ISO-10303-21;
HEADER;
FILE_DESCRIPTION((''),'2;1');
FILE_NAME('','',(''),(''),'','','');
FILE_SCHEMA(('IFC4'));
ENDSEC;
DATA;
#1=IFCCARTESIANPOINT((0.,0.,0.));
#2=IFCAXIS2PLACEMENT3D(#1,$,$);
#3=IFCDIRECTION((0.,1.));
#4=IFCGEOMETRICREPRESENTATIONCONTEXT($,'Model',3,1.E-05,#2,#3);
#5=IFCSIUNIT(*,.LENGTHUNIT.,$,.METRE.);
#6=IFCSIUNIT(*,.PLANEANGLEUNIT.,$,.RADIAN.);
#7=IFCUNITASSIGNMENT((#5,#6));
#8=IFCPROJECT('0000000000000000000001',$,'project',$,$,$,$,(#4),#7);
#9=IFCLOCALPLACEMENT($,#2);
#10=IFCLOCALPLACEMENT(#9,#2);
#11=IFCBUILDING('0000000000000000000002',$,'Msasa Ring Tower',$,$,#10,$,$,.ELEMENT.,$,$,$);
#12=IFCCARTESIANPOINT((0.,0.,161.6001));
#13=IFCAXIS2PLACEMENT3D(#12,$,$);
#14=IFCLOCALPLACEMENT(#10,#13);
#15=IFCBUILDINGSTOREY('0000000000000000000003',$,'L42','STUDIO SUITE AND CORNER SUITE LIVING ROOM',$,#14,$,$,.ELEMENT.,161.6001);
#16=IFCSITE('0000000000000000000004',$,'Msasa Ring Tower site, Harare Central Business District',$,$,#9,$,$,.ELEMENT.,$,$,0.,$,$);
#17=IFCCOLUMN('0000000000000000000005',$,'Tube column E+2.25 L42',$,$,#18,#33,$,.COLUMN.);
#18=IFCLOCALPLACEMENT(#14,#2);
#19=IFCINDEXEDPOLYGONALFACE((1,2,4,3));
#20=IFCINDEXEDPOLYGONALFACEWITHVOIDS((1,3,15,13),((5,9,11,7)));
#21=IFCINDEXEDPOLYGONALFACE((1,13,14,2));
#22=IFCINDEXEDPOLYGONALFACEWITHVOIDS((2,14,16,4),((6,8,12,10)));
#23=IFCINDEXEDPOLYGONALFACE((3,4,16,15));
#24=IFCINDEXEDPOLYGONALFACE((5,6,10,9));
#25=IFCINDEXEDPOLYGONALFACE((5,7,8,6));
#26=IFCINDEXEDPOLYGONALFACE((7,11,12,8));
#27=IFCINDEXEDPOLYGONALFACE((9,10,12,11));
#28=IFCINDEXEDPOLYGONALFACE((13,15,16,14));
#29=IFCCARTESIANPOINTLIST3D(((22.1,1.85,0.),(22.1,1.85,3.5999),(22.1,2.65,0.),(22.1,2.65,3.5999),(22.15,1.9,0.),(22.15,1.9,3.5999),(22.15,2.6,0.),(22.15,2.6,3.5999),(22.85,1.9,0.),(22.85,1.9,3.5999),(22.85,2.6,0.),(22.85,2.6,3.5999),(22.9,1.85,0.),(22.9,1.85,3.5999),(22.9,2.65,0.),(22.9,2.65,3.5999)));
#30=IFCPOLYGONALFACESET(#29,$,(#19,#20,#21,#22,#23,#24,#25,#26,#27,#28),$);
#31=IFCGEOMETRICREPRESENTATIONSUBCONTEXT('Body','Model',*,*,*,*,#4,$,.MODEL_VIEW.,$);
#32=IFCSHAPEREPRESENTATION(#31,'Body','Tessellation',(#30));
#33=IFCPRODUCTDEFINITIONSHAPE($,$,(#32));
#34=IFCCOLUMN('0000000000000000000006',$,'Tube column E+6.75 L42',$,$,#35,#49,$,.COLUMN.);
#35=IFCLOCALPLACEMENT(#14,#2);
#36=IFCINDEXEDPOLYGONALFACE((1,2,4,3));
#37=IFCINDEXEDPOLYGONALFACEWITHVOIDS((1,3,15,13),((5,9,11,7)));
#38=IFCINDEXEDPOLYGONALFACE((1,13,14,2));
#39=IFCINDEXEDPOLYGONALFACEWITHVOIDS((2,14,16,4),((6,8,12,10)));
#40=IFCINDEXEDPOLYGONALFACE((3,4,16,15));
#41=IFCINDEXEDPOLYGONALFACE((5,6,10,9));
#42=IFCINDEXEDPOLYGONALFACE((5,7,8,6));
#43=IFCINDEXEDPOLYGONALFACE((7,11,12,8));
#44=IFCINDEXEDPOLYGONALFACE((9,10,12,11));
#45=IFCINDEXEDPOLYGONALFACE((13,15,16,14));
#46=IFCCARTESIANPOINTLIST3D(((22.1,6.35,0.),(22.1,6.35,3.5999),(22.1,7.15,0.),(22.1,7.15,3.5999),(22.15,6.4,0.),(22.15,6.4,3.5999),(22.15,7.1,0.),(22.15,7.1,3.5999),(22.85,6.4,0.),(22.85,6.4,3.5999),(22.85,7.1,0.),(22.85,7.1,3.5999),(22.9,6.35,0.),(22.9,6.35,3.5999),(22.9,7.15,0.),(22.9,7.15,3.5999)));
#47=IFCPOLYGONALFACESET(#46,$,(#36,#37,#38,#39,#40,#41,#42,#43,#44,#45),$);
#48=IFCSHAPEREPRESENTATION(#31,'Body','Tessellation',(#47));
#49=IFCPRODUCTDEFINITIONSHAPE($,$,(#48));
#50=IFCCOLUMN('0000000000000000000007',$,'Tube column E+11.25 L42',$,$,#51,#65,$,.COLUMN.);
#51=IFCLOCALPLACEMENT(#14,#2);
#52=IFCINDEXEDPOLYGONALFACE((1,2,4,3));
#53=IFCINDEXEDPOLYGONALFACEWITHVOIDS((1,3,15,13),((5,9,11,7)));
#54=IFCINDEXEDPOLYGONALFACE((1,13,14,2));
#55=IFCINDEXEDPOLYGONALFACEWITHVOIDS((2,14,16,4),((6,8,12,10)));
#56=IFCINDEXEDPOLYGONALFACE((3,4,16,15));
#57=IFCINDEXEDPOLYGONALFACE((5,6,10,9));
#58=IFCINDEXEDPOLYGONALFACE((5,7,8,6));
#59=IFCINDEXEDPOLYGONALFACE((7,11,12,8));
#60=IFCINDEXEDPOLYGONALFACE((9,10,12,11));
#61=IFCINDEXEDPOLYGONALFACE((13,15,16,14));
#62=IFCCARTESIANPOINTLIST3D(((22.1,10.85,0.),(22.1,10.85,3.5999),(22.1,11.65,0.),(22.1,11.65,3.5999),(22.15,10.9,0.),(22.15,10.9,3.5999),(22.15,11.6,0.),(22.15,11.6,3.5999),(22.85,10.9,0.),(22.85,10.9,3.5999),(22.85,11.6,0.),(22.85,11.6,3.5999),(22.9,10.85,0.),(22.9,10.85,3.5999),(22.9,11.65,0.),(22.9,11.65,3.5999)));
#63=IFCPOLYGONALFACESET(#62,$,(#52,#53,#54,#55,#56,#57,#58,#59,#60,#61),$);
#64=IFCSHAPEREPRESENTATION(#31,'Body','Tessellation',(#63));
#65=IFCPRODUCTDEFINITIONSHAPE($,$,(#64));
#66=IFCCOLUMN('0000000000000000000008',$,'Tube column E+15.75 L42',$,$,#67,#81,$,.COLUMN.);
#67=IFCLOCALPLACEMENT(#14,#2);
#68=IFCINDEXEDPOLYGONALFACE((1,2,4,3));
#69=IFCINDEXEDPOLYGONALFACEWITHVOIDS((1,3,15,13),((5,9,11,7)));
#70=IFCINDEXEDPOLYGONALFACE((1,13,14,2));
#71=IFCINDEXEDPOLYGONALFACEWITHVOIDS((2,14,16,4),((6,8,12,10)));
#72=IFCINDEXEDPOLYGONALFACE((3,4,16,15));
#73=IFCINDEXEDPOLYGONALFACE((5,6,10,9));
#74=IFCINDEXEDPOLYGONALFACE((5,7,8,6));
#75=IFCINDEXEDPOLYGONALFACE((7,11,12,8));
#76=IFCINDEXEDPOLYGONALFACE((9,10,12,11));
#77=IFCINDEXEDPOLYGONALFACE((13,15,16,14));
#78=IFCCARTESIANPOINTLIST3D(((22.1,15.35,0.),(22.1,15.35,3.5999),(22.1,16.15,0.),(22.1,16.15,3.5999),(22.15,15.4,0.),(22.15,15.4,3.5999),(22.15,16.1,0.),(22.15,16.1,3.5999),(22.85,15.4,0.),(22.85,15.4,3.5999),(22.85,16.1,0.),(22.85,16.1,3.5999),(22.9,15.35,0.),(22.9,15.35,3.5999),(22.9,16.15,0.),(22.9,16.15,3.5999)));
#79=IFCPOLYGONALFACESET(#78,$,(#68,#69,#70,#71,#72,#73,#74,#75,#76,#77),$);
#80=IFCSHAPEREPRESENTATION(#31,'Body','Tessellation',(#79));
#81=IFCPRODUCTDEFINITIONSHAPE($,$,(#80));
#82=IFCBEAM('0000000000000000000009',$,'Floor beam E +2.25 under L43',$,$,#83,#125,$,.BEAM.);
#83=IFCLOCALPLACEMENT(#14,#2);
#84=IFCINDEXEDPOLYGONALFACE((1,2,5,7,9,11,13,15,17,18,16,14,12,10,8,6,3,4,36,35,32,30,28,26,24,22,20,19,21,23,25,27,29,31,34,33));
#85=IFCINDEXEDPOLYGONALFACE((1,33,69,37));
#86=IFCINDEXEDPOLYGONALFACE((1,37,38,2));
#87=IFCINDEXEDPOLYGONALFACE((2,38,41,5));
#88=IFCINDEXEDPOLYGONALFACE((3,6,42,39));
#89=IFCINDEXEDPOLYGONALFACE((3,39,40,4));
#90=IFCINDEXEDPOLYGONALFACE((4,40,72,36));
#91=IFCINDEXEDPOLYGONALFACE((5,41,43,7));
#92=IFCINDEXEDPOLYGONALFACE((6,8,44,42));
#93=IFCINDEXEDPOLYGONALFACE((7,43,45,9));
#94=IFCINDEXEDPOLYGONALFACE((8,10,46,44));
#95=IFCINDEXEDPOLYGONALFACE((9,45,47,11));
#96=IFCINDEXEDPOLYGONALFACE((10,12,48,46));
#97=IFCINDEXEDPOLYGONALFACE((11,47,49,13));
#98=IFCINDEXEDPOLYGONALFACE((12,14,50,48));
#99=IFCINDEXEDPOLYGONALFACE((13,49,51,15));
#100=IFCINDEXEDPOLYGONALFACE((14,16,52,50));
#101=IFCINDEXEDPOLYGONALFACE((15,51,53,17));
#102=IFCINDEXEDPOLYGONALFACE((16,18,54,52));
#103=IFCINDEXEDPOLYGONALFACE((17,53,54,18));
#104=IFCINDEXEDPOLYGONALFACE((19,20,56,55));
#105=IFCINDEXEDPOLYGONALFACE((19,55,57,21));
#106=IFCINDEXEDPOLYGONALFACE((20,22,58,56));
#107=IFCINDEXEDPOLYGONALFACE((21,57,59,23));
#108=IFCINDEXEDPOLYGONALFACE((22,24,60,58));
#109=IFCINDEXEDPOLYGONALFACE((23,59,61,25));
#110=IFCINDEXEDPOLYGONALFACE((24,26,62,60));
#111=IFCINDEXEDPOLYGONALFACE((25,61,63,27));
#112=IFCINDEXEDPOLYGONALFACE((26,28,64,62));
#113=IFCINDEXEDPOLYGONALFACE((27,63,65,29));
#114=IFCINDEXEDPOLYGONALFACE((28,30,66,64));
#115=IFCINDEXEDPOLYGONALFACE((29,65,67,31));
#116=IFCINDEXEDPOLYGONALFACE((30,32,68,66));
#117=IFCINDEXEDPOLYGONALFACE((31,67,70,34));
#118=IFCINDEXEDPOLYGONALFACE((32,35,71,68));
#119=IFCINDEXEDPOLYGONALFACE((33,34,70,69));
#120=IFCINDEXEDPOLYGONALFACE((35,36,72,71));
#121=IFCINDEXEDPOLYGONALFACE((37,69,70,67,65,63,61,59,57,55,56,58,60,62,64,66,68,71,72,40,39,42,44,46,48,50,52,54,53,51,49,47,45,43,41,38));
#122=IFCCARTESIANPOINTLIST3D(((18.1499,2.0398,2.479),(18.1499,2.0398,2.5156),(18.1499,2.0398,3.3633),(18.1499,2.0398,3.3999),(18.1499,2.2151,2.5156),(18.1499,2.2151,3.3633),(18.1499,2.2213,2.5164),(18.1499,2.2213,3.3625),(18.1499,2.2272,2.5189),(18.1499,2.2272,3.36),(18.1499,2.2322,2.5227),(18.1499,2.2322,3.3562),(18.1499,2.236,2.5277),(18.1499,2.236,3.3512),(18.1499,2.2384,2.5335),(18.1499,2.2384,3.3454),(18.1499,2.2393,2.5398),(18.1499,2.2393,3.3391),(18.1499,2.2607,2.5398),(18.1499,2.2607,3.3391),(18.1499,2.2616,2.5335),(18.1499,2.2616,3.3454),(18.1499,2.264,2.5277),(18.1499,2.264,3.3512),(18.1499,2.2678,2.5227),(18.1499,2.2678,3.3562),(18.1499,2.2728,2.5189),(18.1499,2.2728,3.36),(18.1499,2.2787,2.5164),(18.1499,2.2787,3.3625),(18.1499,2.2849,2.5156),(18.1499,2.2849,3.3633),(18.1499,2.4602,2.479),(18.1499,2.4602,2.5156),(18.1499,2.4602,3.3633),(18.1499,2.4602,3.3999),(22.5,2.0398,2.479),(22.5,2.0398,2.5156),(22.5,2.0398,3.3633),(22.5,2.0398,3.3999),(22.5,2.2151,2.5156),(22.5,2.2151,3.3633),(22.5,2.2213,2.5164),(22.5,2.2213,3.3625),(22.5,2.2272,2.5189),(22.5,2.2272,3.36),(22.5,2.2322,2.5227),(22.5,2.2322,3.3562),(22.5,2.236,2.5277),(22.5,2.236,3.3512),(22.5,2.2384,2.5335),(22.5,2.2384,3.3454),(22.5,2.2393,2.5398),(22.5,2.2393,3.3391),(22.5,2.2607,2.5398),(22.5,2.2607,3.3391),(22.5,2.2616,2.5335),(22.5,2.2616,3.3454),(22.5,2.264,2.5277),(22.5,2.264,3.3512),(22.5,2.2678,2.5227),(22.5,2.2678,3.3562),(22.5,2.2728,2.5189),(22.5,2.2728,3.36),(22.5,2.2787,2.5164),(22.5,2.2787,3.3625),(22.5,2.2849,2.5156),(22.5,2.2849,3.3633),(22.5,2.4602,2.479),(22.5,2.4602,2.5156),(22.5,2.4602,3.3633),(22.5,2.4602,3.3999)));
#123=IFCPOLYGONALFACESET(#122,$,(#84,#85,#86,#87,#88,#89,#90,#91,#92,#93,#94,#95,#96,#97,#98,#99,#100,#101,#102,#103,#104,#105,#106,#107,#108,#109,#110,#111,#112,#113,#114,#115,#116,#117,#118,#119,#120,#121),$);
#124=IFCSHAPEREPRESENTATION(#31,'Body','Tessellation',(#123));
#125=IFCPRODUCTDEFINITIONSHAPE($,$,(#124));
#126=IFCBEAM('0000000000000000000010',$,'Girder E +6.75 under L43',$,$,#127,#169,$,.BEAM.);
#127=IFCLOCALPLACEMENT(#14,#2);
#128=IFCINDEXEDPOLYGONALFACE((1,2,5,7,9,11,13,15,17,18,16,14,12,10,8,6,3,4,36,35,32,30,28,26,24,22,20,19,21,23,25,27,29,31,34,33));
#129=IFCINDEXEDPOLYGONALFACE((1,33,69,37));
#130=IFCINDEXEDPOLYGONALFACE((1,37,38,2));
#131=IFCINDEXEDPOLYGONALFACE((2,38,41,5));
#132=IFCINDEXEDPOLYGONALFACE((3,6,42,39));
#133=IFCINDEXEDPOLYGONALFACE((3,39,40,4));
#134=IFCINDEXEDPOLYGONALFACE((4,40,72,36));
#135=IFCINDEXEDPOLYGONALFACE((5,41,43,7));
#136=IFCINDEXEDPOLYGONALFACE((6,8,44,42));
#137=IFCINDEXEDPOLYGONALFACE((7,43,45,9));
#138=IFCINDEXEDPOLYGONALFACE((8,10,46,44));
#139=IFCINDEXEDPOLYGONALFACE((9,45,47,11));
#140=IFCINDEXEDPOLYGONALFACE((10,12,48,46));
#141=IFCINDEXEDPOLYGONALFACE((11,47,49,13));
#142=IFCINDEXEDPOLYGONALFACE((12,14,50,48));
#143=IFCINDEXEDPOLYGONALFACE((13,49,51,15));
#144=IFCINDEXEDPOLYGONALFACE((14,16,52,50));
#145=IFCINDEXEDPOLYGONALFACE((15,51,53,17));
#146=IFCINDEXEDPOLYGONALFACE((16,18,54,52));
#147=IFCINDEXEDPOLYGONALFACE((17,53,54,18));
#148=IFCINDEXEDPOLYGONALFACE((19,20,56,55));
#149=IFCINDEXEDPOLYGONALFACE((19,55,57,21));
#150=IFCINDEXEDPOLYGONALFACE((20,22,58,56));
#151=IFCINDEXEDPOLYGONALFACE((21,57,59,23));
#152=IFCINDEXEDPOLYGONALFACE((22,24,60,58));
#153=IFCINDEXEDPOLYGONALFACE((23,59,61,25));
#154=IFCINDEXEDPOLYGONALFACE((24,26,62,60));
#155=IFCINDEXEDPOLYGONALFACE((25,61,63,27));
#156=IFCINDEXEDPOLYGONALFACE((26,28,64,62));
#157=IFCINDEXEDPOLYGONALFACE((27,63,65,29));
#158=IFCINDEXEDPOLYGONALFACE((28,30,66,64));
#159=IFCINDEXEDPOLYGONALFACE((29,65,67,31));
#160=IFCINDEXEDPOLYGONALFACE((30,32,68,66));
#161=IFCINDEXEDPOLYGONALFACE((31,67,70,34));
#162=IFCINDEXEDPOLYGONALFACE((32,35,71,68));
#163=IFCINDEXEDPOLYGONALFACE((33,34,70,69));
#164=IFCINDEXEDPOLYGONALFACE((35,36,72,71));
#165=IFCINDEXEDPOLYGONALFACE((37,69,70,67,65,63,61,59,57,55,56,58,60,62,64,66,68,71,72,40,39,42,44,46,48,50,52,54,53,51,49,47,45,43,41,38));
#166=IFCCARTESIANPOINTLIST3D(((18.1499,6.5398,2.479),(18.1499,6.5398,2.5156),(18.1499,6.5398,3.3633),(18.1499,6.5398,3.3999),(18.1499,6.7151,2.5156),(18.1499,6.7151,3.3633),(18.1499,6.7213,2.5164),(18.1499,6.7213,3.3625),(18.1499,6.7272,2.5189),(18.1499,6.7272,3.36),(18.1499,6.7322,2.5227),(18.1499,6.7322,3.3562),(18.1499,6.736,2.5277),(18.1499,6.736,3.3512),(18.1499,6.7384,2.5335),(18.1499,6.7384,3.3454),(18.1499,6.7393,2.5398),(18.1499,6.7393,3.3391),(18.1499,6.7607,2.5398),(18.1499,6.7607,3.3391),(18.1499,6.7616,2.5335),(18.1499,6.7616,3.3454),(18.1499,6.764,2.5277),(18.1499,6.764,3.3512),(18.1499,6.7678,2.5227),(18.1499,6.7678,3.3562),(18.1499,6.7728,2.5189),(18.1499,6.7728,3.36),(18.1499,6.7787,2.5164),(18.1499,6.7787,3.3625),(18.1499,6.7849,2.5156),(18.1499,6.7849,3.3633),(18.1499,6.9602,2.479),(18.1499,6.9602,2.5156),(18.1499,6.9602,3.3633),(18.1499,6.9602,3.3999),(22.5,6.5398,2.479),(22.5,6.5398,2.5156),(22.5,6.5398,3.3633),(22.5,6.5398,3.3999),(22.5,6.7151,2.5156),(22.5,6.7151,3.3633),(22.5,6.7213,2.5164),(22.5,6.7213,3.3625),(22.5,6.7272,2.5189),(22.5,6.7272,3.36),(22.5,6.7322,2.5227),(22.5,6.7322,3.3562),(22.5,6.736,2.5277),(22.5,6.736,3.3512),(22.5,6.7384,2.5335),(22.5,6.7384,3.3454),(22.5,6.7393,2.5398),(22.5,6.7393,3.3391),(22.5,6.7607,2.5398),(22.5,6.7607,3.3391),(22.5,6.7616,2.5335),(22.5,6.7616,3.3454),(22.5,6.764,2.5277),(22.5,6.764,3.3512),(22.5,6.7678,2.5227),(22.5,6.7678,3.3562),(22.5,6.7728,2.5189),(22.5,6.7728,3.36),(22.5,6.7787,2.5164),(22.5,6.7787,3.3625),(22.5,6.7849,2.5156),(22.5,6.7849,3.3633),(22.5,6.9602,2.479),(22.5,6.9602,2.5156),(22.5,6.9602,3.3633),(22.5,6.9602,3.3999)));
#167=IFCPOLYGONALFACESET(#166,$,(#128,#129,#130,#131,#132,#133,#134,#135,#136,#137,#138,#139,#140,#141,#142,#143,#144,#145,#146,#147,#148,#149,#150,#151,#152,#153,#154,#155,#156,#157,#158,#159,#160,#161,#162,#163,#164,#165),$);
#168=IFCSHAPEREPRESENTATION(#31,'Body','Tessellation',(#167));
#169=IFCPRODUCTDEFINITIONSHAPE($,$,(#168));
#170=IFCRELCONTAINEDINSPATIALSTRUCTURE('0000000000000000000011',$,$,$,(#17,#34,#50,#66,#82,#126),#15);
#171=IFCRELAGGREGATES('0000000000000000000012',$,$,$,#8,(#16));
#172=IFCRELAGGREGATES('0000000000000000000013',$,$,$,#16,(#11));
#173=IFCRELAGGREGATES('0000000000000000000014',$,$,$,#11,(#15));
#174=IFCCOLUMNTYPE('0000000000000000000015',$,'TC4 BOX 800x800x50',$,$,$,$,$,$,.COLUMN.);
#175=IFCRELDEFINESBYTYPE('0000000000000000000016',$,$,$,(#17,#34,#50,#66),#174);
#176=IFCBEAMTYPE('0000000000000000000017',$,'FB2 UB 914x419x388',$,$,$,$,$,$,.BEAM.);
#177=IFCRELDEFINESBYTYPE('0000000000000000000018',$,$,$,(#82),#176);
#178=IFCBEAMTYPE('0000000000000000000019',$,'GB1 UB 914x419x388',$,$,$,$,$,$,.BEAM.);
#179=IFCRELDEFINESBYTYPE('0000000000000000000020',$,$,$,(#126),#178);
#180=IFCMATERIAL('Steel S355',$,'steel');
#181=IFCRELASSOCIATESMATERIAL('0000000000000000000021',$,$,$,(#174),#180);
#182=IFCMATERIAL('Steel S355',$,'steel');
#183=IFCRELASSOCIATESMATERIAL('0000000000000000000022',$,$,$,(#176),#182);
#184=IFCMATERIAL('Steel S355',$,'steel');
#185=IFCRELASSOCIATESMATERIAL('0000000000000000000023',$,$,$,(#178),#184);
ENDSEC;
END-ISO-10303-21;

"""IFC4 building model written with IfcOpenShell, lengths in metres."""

from ifc_helpers import new_model, si_unit, direction, frame, origin, origin_2d, place, context, subcontext, project, spatial, hollow_rectangle, i_section, extrude, material, material_profile, profile_set, type_object, element, save


model = new_model("IFC4")

# Units and contexts
model_context = context("Model", 3, precision=1e-05, world=origin(), true_north=direction((0.0, 1.0)))
body_context = subcontext(model_context, "Body", "Model", "MODEL_VIEW")
ifc_project = project(units=[si_unit("LENGTHUNIT", "METRE"), si_unit("PLANEANGLEUNIT", "RADIAN")], contexts=[model_context])

# Site, building, storey
site_placement = place(None, origin())
site = spatial("IfcSite", under=ifc_project, at=site_placement, Name="Msasa Ring Tower site, Harare Central Business District", CompositionType="ELEMENT", RefElevation=0.0)
building_placement = place(site_placement, origin())
building = spatial("IfcBuilding", under=site, at=building_placement, Name="Msasa Ring Tower", CompositionType="ELEMENT")
storey_placement = place(building_placement, frame((0.0, 0.0, 161.6001)))
storey = spatial("IfcBuildingStorey", under=building, at=storey_placement, Name="L42", Description="STUDIO SUITE AND CORNER SUITE LIVING ROOM", CompositionType="ELEMENT", Elevation=161.6001)

# Columns
ifc_material_1 = material(Name="Steel S355", Category="steel")
ifc_material_profile_1 = material_profile(ifc_material_1, hollow_rectangle(XDim=0.8, YDim=0.8, WallThickness=0.05, at=origin_2d()), Name="BOX 800x800x50")
ifc_profile_set_1 = profile_set([ifc_material_profile_1], Name="Steel S355")
column_type = type_object("IfcColumnType", Name="TC4 BOX 800x800x50", PredefinedType="COLUMN", material=ifc_profile_set_1)
for number, where, z_axis, x_axis, name in (
    (1, (22.5, 2.25, 0.0), (0.0, 0.0, 1.0), (1.0, 0.0, 0.0), "Tube column E+2.25 L42"),
    (2, (22.5, 6.75, 0.0), (0.0, 0.0, 1.0), (1.0, 0.0, 0.0), "Tube column E+6.75 L42"),
    (3, (22.5, 11.25, 0.0), (0.0, 0.0, 1.0), (1.0, 0.0, 0.0), "Tube column E+11.25 L42"),
    (4, (22.5, 15.75, 0.0), (0.0, 0.0, 1.0), (1.0, 0.0, 0.0), "Tube column E+15.75 L42"),
):
    element("IfcColumn", number, at=place(storey_placement, frame(where, z_axis=z_axis, x_axis=x_axis)), inside=storey, type_object=column_type, Name=name, PredefinedType="COLUMN", context=body_context, shape_type="SweptSolid", body=[
        extrude(hollow_rectangle(XDim=0.8, YDim=0.8, WallThickness=0.05, at=origin_2d()), origin(), (0.0, 0.0, 1.0), 3.5999),
    ])

# Beams
ifc_material_2 = material(Name="Steel S355", Category="steel")
ifc_material_profile_2 = material_profile(ifc_material_2, i_section(OverallWidth=0.4204, OverallDepth=0.9209, WebThickness=0.0215, FlangeThickness=0.0366, FilletRadius=0.0242, at=origin_2d()), Name="UB 914x419x388")
ifc_profile_set_2 = profile_set([ifc_material_profile_2], Name="Steel S355")
beam_type_1 = type_object("IfcBeamType", Name="FB2 UB 914x419x388", PredefinedType="BEAM", material=ifc_profile_set_2)
beam_1_placement = place(storey_placement, frame((22.5, 2.25, 2.9395), z_axis=(-1.0, 0.0, 0.0), x_axis=(0.0, -1.0, 0.0)))
element("IfcBeam", 5, at=beam_1_placement, inside=storey, type_object=beam_type_1, Name="Floor beam E +2.25 under L43", PredefinedType="BEAM", context=body_context, shape_type="SweptSolid", body=[
    extrude(i_section(OverallWidth=0.4204, OverallDepth=0.9209, WebThickness=0.0215, FlangeThickness=0.0366, FilletRadius=0.0242, at=origin_2d()), origin(), (0.0, 0.0, 1.0), 4.3501),
])
ifc_material_3 = material(Name="Steel S355", Category="steel")
ifc_material_profile_3 = material_profile(ifc_material_3, i_section(OverallWidth=0.4204, OverallDepth=0.9209, WebThickness=0.0215, FlangeThickness=0.0366, FilletRadius=0.0242, at=origin_2d()), Name="UB 914x419x388")
ifc_profile_set_3 = profile_set([ifc_material_profile_3], Name="Steel S355")
beam_type_2 = type_object("IfcBeamType", Name="GB1 UB 914x419x388", PredefinedType="BEAM", material=ifc_profile_set_3)
beam_2_placement = place(storey_placement, frame((18.1499, 6.75, 2.9395), z_axis=(1.0, 0.0, 0.0), x_axis=(0.0, 1.0, 0.0)))
element("IfcBeam", 6, at=beam_2_placement, inside=storey, type_object=beam_type_2, Name="Girder E +6.75 under L43", PredefinedType="BEAM", context=body_context, shape_type="SweptSolid", body=[
    extrude(i_section(OverallWidth=0.4204, OverallDepth=0.9209, WebThickness=0.0215, FlangeThickness=0.0366, FilletRadius=0.0242, at=origin_2d()), origin(), (0.0, 0.0, 1.0), 4.3501),
])

save(model, "model.ifc")
